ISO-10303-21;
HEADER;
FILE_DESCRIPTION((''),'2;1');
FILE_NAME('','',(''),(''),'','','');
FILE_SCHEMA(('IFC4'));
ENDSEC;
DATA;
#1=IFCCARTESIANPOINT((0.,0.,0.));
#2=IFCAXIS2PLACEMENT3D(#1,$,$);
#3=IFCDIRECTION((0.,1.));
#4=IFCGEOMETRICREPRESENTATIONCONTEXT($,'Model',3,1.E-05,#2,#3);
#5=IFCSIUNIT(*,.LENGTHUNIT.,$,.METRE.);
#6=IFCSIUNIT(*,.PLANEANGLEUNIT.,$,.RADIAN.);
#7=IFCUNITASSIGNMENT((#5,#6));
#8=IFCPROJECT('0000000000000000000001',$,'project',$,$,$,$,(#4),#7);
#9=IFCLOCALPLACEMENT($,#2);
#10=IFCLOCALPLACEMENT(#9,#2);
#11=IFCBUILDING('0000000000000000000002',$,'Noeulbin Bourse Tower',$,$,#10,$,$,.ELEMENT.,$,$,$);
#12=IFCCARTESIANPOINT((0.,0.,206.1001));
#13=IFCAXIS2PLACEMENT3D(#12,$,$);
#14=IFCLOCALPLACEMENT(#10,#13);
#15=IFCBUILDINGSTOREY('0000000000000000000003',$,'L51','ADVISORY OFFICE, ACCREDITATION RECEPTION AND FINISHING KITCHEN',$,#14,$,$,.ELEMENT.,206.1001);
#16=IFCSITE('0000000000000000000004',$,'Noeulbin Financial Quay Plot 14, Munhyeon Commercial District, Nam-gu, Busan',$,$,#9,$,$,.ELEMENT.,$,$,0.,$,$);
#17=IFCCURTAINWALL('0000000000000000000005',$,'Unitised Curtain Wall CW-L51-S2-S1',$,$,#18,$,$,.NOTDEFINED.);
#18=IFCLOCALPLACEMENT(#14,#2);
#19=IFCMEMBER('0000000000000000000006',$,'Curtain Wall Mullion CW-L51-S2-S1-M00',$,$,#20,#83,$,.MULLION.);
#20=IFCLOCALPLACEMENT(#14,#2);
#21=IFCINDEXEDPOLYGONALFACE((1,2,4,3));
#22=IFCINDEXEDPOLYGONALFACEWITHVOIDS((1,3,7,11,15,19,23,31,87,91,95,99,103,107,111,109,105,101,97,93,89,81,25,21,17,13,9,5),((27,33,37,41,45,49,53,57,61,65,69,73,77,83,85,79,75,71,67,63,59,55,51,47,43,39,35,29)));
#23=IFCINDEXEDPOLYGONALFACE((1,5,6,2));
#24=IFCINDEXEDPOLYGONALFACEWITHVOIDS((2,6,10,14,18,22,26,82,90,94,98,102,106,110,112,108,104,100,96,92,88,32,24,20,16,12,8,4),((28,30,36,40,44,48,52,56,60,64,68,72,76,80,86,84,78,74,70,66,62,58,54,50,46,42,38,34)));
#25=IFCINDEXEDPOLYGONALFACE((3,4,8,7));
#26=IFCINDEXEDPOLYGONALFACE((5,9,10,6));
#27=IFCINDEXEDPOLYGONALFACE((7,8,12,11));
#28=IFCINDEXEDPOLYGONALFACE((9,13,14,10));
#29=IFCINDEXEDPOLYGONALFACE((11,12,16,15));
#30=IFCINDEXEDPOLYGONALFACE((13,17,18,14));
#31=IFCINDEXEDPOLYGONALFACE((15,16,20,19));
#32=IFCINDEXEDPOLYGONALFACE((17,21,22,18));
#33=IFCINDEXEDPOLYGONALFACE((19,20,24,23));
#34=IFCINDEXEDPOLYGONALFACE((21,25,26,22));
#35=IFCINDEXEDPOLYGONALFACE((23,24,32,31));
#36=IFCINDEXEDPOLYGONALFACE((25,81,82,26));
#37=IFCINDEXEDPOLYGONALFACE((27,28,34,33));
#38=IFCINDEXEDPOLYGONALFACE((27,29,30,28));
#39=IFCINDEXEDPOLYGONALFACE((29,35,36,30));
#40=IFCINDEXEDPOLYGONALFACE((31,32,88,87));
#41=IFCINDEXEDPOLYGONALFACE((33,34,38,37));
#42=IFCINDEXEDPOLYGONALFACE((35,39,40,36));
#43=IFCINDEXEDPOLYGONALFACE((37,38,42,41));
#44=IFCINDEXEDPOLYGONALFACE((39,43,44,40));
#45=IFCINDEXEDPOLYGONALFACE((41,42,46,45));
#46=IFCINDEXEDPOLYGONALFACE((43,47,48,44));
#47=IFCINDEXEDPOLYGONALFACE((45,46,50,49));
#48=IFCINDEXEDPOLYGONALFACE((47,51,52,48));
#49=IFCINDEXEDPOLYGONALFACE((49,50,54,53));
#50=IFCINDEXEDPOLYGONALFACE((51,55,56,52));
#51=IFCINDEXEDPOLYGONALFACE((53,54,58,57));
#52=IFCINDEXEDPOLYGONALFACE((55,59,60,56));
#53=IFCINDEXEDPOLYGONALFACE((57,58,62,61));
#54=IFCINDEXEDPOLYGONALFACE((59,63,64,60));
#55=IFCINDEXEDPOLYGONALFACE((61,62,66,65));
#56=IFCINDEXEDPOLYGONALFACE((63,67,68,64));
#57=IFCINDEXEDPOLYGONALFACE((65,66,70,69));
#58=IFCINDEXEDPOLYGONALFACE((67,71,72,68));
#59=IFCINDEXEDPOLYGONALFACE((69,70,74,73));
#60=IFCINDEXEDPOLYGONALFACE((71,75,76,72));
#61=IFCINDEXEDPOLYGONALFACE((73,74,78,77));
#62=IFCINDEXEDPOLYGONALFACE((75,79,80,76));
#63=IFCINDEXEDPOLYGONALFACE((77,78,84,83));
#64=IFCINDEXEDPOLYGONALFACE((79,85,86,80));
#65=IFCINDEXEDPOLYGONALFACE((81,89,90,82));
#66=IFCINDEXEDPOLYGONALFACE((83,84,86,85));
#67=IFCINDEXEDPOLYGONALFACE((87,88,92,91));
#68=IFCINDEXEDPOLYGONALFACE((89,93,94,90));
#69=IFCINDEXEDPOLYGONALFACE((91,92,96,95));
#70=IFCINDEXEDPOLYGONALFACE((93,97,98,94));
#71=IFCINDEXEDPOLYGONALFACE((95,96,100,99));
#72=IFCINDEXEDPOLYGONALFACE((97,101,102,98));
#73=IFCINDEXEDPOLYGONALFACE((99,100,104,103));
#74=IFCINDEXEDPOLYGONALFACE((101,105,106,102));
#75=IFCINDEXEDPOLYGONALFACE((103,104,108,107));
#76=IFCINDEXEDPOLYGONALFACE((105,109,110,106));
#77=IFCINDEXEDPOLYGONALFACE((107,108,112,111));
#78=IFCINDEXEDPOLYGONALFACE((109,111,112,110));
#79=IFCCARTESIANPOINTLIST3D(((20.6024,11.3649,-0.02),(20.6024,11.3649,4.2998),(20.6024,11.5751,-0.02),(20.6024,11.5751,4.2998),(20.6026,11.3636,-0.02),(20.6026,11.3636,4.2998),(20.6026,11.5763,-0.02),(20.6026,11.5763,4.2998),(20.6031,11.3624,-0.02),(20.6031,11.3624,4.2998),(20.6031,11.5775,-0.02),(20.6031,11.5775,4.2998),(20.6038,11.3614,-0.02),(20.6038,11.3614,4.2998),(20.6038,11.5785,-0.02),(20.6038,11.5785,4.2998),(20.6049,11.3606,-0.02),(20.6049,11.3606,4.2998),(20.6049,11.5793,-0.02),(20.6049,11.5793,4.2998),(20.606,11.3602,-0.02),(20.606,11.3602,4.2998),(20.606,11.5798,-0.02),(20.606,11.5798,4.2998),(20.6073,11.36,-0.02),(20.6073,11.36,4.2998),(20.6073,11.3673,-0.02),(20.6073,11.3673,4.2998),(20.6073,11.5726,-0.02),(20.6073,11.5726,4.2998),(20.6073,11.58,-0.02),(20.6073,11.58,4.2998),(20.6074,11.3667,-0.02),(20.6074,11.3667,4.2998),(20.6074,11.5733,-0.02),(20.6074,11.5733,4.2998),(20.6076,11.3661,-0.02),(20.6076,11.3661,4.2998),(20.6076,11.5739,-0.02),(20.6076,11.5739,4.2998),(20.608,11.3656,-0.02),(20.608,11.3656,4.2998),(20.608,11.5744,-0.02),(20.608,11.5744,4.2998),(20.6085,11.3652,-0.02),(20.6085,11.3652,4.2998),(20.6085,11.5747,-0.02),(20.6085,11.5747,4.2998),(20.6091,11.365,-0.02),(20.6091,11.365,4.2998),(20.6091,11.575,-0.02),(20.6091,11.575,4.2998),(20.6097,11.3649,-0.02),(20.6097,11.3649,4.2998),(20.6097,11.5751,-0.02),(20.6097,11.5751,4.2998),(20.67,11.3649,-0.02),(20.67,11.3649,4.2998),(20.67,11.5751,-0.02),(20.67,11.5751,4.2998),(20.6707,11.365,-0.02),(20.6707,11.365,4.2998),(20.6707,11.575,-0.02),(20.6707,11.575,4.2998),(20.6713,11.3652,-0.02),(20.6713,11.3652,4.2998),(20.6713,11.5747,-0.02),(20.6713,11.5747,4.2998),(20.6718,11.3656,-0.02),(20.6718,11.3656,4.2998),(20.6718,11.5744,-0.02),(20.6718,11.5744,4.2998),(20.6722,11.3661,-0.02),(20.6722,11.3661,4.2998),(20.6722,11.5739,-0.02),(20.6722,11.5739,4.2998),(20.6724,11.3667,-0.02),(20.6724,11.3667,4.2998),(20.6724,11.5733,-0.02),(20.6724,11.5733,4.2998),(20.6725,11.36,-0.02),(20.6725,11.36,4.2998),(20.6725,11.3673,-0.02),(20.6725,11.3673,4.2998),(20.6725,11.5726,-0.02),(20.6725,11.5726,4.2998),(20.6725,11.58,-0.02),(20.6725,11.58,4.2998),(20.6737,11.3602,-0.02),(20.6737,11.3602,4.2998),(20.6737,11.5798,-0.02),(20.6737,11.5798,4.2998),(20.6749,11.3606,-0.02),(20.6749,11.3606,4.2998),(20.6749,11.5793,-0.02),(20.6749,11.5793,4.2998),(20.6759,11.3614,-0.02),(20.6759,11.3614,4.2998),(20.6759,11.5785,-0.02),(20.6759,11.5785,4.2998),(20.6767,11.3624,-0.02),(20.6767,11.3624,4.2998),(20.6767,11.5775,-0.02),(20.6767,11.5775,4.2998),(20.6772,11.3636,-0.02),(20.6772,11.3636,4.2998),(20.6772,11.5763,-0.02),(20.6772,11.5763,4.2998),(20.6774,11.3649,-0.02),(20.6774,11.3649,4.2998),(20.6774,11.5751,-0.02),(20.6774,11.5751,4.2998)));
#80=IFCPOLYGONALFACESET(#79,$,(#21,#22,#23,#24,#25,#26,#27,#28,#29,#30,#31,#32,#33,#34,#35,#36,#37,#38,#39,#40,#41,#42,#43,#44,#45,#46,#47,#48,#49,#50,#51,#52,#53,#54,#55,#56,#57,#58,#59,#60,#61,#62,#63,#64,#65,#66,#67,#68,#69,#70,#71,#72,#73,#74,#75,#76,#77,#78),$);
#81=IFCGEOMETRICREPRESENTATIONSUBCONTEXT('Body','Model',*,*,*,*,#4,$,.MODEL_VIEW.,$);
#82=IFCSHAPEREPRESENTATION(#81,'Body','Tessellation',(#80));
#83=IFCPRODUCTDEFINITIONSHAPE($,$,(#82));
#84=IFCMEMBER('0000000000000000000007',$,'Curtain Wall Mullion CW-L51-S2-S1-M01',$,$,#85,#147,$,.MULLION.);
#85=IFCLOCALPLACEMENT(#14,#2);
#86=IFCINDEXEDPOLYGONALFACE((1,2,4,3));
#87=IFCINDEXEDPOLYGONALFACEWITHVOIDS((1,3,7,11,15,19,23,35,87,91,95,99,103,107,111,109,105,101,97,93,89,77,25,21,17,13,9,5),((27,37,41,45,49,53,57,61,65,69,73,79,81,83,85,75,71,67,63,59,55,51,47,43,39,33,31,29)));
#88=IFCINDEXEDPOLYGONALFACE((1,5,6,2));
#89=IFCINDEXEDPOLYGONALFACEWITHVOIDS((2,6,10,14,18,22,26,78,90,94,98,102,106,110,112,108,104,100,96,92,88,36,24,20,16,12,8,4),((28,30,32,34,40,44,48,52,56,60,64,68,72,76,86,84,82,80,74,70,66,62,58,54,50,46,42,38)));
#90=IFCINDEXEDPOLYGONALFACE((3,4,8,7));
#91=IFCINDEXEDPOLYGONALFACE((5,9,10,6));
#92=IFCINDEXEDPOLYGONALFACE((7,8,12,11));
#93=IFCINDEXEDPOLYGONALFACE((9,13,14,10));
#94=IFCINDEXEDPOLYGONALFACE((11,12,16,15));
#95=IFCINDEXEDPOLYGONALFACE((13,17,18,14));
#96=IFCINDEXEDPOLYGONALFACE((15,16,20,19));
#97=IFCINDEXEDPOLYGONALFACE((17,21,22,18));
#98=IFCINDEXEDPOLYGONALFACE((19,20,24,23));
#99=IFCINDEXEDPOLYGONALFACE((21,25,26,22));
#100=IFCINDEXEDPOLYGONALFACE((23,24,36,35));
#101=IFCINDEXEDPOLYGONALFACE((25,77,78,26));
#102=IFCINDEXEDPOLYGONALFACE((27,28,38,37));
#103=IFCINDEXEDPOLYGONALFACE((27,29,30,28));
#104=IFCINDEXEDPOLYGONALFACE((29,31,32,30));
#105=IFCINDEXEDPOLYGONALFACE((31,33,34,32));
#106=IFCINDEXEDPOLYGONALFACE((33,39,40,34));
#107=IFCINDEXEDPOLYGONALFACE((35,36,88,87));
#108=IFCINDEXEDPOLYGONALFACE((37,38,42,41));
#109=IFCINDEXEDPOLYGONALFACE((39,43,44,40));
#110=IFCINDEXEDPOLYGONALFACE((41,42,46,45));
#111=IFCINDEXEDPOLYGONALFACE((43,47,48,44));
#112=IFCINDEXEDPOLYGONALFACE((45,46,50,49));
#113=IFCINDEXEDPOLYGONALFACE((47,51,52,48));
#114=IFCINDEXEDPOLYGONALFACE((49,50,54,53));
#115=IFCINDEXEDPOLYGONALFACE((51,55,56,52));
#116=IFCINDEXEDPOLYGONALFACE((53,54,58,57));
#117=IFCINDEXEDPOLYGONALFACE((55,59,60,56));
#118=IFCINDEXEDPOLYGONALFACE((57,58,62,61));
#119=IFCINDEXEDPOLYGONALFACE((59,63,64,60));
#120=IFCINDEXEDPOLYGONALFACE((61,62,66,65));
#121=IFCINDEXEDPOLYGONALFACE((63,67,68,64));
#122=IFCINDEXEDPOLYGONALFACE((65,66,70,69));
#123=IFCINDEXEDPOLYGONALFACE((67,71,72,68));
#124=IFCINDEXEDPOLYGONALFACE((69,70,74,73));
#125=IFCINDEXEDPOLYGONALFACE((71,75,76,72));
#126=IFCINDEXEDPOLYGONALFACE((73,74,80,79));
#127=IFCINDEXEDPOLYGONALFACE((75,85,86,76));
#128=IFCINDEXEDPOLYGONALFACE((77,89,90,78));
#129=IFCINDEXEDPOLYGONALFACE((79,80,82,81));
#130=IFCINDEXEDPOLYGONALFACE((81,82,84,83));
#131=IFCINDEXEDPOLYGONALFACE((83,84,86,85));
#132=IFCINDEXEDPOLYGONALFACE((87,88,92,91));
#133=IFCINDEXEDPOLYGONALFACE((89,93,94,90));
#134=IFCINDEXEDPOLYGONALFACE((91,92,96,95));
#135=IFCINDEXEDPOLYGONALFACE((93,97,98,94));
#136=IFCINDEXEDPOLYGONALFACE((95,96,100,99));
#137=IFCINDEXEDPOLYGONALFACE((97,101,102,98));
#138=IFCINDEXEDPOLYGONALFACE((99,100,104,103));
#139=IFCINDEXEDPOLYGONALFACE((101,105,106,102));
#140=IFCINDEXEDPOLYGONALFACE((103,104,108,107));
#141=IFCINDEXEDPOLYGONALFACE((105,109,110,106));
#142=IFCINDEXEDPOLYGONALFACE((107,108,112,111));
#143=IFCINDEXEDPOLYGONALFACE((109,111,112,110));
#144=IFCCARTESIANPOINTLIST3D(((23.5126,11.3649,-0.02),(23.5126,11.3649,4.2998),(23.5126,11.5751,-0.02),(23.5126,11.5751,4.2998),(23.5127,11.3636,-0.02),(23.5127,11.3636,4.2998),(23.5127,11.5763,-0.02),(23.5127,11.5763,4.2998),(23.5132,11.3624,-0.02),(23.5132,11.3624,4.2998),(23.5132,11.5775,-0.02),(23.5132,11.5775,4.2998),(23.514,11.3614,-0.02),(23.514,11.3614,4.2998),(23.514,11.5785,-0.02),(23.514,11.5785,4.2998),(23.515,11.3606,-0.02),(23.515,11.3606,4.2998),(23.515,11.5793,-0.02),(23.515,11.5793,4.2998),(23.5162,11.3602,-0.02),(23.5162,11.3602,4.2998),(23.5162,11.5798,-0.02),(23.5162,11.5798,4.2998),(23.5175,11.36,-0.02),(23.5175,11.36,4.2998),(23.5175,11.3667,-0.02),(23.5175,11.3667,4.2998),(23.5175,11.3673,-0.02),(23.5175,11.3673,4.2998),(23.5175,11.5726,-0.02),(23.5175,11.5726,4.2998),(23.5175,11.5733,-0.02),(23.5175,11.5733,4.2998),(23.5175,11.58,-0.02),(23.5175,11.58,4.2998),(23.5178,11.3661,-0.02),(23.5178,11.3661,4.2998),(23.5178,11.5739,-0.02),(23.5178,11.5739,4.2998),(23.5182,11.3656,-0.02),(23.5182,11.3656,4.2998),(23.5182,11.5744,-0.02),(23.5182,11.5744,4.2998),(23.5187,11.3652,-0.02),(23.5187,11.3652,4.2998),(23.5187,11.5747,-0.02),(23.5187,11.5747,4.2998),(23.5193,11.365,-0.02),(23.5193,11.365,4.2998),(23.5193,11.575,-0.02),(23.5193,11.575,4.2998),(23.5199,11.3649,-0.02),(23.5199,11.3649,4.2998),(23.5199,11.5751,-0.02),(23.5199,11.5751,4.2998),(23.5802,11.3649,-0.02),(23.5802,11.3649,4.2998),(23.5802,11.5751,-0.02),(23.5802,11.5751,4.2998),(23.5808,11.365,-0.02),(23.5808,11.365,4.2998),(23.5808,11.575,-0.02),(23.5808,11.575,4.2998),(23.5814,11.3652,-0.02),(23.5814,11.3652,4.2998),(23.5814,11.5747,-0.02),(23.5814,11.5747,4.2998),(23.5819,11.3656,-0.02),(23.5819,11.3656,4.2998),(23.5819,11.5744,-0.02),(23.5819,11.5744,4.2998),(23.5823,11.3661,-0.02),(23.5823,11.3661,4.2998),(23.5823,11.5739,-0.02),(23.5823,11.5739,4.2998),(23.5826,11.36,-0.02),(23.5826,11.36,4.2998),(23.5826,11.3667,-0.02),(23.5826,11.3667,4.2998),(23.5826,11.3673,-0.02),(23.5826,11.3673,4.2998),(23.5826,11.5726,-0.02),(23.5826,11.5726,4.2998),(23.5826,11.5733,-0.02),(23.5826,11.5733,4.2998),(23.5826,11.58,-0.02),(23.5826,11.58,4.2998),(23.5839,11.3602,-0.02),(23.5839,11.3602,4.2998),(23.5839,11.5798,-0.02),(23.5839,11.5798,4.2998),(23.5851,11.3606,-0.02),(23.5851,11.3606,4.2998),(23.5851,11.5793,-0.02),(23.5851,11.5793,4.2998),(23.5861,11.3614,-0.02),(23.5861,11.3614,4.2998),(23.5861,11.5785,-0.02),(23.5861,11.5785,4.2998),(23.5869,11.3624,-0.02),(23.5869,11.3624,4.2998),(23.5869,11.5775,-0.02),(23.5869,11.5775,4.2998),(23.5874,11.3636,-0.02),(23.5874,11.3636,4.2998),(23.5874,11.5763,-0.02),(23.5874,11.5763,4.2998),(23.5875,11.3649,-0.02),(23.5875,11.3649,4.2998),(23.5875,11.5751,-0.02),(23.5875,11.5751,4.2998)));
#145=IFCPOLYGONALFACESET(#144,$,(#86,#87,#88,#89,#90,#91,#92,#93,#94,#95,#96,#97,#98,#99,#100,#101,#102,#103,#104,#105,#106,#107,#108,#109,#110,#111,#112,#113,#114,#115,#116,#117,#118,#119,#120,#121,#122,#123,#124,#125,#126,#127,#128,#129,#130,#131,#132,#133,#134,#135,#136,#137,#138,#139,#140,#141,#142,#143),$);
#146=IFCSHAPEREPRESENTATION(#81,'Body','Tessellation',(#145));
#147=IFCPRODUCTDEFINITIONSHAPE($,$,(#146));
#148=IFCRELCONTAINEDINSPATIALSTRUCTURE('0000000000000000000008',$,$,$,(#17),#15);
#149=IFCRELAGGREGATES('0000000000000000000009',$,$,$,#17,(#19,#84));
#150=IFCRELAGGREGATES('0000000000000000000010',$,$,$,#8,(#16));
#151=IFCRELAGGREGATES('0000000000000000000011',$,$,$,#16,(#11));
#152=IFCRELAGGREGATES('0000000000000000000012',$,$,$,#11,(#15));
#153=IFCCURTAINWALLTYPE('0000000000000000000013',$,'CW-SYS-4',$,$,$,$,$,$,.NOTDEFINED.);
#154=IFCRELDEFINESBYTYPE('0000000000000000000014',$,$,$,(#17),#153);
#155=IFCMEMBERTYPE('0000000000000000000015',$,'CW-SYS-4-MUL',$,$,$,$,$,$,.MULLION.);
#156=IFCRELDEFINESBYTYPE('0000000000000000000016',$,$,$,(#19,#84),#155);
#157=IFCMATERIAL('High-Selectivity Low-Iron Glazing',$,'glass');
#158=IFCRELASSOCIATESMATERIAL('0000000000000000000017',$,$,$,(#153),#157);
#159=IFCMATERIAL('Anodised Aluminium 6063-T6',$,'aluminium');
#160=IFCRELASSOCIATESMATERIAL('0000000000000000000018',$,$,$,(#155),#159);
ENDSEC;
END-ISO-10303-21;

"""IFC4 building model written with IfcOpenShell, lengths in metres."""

from ifc_helpers import new_model, si_unit, direction, frame, origin, origin_2d, place, context, subcontext, project, spatial, hollow_rectangle, extrude, material, material_profile, profile_set, type_object, element, aggregate, save


model = new_model("IFC4")

# Units and contexts
model_context = context("Model", 3, precision=1e-05, world=origin(), true_north=direction((0.0, 1.0)))
body_context = subcontext(model_context, "Body", "Model", "MODEL_VIEW")
ifc_project = project(units=[si_unit("LENGTHUNIT", "METRE"), si_unit("PLANEANGLEUNIT", "RADIAN")], contexts=[model_context])

# Site, building, storey
site_placement = place(None, origin())
site = spatial("IfcSite", under=ifc_project, at=site_placement, Name="Noeulbin Financial Quay Plot 14, Munhyeon Commercial District, Nam-gu, Busan", CompositionType="ELEMENT", RefElevation=0.0)
building_placement = place(site_placement, origin())
building = spatial("IfcBuilding", under=site, at=building_placement, Name="Noeulbin Bourse Tower", CompositionType="ELEMENT")
storey_placement = place(building_placement, frame((0.0, 0.0, 206.1001)))
storey = spatial("IfcBuildingStorey", under=building, at=storey_placement, Name="L51", Description="ADVISORY OFFICE, ACCREDITATION RECEPTION AND FINISHING KITCHEN", CompositionType="ELEMENT", Elevation=206.1001)

# Curtain wall, members
ifc_material_1 = material(Name="High-Selectivity Low-Iron Glazing", Category="glass")
curtain_wall_type = type_object("IfcCurtainWallType", Name="CW-SYS-4", PredefinedType="NOTDEFINED", material=ifc_material_1)
curtain_wall_placement = place(storey_placement, origin())
curtain_wall = element("IfcCurtainWall", 1, at=curtain_wall_placement, inside=storey, type_object=curtain_wall_type, Name="Unitised Curtain Wall CW-L51-S2-S1", PredefinedType="NOTDEFINED")
ifc_material_2 = material(Name="Anodised Aluminium 6063-T6", Category="aluminium")
ifc_material_profile_1 = material_profile(ifc_material_2, hollow_rectangle(XDim=0.075, YDim=0.22, WallThickness=0.0049, InnerFilletRadius=0.0024, OuterFilletRadius=0.0049, at=origin_2d()), Name="ALU-MULL-75x220x5", Category="LoadBearing")
ifc_profile_set_1 = profile_set([ifc_material_profile_1], Name="Anodised Aluminium 6063-T6")
member_type_1 = type_object("IfcMemberType", Name="CW-SYS-4-MUL", PredefinedType="MULLION", material=ifc_profile_set_1)
member_1_placement = place(storey_placement, frame((20.6399, 11.47, -0.02), z_axis=(0.0, 0.0, 1.0), x_axis=(1.0, 0.0, 0.0)))
member_1 = element("IfcMember", 2, at=member_1_placement, type_object=member_type_1, Name="Curtain Wall Mullion CW-L51-S2-S1-M00", PredefinedType="MULLION", context=body_context, shape_type="SweptSolid", body=[
    extrude(hollow_rectangle(XDim=0.075, YDim=0.22, WallThickness=0.0049, InnerFilletRadius=0.0024, OuterFilletRadius=0.0049, at=origin_2d()), origin(), (0.0, 0.0, 1.0), 4.3198),
])
member_2_placement = place(storey_placement, frame((23.55, 11.47, -0.02), z_axis=(0.0, 0.0, 1.0), x_axis=(1.0, 0.0, 0.0)))
member_2 = element("IfcMember", 3, at=member_2_placement, type_object=member_type_1, Name="Curtain Wall Mullion CW-L51-S2-S1-M01", PredefinedType="MULLION", context=body_context, shape_type="SweptSolid", body=[
    extrude(hollow_rectangle(XDim=0.075, YDim=0.22, WallThickness=0.0049, InnerFilletRadius=0.0024, OuterFilletRadius=0.0049, at=origin_2d()), origin(), (0.0, 0.0, 1.0), 4.3198),
])
aggregate(curtain_wall, [member_1, member_2])

save(model, "model.ifc")
